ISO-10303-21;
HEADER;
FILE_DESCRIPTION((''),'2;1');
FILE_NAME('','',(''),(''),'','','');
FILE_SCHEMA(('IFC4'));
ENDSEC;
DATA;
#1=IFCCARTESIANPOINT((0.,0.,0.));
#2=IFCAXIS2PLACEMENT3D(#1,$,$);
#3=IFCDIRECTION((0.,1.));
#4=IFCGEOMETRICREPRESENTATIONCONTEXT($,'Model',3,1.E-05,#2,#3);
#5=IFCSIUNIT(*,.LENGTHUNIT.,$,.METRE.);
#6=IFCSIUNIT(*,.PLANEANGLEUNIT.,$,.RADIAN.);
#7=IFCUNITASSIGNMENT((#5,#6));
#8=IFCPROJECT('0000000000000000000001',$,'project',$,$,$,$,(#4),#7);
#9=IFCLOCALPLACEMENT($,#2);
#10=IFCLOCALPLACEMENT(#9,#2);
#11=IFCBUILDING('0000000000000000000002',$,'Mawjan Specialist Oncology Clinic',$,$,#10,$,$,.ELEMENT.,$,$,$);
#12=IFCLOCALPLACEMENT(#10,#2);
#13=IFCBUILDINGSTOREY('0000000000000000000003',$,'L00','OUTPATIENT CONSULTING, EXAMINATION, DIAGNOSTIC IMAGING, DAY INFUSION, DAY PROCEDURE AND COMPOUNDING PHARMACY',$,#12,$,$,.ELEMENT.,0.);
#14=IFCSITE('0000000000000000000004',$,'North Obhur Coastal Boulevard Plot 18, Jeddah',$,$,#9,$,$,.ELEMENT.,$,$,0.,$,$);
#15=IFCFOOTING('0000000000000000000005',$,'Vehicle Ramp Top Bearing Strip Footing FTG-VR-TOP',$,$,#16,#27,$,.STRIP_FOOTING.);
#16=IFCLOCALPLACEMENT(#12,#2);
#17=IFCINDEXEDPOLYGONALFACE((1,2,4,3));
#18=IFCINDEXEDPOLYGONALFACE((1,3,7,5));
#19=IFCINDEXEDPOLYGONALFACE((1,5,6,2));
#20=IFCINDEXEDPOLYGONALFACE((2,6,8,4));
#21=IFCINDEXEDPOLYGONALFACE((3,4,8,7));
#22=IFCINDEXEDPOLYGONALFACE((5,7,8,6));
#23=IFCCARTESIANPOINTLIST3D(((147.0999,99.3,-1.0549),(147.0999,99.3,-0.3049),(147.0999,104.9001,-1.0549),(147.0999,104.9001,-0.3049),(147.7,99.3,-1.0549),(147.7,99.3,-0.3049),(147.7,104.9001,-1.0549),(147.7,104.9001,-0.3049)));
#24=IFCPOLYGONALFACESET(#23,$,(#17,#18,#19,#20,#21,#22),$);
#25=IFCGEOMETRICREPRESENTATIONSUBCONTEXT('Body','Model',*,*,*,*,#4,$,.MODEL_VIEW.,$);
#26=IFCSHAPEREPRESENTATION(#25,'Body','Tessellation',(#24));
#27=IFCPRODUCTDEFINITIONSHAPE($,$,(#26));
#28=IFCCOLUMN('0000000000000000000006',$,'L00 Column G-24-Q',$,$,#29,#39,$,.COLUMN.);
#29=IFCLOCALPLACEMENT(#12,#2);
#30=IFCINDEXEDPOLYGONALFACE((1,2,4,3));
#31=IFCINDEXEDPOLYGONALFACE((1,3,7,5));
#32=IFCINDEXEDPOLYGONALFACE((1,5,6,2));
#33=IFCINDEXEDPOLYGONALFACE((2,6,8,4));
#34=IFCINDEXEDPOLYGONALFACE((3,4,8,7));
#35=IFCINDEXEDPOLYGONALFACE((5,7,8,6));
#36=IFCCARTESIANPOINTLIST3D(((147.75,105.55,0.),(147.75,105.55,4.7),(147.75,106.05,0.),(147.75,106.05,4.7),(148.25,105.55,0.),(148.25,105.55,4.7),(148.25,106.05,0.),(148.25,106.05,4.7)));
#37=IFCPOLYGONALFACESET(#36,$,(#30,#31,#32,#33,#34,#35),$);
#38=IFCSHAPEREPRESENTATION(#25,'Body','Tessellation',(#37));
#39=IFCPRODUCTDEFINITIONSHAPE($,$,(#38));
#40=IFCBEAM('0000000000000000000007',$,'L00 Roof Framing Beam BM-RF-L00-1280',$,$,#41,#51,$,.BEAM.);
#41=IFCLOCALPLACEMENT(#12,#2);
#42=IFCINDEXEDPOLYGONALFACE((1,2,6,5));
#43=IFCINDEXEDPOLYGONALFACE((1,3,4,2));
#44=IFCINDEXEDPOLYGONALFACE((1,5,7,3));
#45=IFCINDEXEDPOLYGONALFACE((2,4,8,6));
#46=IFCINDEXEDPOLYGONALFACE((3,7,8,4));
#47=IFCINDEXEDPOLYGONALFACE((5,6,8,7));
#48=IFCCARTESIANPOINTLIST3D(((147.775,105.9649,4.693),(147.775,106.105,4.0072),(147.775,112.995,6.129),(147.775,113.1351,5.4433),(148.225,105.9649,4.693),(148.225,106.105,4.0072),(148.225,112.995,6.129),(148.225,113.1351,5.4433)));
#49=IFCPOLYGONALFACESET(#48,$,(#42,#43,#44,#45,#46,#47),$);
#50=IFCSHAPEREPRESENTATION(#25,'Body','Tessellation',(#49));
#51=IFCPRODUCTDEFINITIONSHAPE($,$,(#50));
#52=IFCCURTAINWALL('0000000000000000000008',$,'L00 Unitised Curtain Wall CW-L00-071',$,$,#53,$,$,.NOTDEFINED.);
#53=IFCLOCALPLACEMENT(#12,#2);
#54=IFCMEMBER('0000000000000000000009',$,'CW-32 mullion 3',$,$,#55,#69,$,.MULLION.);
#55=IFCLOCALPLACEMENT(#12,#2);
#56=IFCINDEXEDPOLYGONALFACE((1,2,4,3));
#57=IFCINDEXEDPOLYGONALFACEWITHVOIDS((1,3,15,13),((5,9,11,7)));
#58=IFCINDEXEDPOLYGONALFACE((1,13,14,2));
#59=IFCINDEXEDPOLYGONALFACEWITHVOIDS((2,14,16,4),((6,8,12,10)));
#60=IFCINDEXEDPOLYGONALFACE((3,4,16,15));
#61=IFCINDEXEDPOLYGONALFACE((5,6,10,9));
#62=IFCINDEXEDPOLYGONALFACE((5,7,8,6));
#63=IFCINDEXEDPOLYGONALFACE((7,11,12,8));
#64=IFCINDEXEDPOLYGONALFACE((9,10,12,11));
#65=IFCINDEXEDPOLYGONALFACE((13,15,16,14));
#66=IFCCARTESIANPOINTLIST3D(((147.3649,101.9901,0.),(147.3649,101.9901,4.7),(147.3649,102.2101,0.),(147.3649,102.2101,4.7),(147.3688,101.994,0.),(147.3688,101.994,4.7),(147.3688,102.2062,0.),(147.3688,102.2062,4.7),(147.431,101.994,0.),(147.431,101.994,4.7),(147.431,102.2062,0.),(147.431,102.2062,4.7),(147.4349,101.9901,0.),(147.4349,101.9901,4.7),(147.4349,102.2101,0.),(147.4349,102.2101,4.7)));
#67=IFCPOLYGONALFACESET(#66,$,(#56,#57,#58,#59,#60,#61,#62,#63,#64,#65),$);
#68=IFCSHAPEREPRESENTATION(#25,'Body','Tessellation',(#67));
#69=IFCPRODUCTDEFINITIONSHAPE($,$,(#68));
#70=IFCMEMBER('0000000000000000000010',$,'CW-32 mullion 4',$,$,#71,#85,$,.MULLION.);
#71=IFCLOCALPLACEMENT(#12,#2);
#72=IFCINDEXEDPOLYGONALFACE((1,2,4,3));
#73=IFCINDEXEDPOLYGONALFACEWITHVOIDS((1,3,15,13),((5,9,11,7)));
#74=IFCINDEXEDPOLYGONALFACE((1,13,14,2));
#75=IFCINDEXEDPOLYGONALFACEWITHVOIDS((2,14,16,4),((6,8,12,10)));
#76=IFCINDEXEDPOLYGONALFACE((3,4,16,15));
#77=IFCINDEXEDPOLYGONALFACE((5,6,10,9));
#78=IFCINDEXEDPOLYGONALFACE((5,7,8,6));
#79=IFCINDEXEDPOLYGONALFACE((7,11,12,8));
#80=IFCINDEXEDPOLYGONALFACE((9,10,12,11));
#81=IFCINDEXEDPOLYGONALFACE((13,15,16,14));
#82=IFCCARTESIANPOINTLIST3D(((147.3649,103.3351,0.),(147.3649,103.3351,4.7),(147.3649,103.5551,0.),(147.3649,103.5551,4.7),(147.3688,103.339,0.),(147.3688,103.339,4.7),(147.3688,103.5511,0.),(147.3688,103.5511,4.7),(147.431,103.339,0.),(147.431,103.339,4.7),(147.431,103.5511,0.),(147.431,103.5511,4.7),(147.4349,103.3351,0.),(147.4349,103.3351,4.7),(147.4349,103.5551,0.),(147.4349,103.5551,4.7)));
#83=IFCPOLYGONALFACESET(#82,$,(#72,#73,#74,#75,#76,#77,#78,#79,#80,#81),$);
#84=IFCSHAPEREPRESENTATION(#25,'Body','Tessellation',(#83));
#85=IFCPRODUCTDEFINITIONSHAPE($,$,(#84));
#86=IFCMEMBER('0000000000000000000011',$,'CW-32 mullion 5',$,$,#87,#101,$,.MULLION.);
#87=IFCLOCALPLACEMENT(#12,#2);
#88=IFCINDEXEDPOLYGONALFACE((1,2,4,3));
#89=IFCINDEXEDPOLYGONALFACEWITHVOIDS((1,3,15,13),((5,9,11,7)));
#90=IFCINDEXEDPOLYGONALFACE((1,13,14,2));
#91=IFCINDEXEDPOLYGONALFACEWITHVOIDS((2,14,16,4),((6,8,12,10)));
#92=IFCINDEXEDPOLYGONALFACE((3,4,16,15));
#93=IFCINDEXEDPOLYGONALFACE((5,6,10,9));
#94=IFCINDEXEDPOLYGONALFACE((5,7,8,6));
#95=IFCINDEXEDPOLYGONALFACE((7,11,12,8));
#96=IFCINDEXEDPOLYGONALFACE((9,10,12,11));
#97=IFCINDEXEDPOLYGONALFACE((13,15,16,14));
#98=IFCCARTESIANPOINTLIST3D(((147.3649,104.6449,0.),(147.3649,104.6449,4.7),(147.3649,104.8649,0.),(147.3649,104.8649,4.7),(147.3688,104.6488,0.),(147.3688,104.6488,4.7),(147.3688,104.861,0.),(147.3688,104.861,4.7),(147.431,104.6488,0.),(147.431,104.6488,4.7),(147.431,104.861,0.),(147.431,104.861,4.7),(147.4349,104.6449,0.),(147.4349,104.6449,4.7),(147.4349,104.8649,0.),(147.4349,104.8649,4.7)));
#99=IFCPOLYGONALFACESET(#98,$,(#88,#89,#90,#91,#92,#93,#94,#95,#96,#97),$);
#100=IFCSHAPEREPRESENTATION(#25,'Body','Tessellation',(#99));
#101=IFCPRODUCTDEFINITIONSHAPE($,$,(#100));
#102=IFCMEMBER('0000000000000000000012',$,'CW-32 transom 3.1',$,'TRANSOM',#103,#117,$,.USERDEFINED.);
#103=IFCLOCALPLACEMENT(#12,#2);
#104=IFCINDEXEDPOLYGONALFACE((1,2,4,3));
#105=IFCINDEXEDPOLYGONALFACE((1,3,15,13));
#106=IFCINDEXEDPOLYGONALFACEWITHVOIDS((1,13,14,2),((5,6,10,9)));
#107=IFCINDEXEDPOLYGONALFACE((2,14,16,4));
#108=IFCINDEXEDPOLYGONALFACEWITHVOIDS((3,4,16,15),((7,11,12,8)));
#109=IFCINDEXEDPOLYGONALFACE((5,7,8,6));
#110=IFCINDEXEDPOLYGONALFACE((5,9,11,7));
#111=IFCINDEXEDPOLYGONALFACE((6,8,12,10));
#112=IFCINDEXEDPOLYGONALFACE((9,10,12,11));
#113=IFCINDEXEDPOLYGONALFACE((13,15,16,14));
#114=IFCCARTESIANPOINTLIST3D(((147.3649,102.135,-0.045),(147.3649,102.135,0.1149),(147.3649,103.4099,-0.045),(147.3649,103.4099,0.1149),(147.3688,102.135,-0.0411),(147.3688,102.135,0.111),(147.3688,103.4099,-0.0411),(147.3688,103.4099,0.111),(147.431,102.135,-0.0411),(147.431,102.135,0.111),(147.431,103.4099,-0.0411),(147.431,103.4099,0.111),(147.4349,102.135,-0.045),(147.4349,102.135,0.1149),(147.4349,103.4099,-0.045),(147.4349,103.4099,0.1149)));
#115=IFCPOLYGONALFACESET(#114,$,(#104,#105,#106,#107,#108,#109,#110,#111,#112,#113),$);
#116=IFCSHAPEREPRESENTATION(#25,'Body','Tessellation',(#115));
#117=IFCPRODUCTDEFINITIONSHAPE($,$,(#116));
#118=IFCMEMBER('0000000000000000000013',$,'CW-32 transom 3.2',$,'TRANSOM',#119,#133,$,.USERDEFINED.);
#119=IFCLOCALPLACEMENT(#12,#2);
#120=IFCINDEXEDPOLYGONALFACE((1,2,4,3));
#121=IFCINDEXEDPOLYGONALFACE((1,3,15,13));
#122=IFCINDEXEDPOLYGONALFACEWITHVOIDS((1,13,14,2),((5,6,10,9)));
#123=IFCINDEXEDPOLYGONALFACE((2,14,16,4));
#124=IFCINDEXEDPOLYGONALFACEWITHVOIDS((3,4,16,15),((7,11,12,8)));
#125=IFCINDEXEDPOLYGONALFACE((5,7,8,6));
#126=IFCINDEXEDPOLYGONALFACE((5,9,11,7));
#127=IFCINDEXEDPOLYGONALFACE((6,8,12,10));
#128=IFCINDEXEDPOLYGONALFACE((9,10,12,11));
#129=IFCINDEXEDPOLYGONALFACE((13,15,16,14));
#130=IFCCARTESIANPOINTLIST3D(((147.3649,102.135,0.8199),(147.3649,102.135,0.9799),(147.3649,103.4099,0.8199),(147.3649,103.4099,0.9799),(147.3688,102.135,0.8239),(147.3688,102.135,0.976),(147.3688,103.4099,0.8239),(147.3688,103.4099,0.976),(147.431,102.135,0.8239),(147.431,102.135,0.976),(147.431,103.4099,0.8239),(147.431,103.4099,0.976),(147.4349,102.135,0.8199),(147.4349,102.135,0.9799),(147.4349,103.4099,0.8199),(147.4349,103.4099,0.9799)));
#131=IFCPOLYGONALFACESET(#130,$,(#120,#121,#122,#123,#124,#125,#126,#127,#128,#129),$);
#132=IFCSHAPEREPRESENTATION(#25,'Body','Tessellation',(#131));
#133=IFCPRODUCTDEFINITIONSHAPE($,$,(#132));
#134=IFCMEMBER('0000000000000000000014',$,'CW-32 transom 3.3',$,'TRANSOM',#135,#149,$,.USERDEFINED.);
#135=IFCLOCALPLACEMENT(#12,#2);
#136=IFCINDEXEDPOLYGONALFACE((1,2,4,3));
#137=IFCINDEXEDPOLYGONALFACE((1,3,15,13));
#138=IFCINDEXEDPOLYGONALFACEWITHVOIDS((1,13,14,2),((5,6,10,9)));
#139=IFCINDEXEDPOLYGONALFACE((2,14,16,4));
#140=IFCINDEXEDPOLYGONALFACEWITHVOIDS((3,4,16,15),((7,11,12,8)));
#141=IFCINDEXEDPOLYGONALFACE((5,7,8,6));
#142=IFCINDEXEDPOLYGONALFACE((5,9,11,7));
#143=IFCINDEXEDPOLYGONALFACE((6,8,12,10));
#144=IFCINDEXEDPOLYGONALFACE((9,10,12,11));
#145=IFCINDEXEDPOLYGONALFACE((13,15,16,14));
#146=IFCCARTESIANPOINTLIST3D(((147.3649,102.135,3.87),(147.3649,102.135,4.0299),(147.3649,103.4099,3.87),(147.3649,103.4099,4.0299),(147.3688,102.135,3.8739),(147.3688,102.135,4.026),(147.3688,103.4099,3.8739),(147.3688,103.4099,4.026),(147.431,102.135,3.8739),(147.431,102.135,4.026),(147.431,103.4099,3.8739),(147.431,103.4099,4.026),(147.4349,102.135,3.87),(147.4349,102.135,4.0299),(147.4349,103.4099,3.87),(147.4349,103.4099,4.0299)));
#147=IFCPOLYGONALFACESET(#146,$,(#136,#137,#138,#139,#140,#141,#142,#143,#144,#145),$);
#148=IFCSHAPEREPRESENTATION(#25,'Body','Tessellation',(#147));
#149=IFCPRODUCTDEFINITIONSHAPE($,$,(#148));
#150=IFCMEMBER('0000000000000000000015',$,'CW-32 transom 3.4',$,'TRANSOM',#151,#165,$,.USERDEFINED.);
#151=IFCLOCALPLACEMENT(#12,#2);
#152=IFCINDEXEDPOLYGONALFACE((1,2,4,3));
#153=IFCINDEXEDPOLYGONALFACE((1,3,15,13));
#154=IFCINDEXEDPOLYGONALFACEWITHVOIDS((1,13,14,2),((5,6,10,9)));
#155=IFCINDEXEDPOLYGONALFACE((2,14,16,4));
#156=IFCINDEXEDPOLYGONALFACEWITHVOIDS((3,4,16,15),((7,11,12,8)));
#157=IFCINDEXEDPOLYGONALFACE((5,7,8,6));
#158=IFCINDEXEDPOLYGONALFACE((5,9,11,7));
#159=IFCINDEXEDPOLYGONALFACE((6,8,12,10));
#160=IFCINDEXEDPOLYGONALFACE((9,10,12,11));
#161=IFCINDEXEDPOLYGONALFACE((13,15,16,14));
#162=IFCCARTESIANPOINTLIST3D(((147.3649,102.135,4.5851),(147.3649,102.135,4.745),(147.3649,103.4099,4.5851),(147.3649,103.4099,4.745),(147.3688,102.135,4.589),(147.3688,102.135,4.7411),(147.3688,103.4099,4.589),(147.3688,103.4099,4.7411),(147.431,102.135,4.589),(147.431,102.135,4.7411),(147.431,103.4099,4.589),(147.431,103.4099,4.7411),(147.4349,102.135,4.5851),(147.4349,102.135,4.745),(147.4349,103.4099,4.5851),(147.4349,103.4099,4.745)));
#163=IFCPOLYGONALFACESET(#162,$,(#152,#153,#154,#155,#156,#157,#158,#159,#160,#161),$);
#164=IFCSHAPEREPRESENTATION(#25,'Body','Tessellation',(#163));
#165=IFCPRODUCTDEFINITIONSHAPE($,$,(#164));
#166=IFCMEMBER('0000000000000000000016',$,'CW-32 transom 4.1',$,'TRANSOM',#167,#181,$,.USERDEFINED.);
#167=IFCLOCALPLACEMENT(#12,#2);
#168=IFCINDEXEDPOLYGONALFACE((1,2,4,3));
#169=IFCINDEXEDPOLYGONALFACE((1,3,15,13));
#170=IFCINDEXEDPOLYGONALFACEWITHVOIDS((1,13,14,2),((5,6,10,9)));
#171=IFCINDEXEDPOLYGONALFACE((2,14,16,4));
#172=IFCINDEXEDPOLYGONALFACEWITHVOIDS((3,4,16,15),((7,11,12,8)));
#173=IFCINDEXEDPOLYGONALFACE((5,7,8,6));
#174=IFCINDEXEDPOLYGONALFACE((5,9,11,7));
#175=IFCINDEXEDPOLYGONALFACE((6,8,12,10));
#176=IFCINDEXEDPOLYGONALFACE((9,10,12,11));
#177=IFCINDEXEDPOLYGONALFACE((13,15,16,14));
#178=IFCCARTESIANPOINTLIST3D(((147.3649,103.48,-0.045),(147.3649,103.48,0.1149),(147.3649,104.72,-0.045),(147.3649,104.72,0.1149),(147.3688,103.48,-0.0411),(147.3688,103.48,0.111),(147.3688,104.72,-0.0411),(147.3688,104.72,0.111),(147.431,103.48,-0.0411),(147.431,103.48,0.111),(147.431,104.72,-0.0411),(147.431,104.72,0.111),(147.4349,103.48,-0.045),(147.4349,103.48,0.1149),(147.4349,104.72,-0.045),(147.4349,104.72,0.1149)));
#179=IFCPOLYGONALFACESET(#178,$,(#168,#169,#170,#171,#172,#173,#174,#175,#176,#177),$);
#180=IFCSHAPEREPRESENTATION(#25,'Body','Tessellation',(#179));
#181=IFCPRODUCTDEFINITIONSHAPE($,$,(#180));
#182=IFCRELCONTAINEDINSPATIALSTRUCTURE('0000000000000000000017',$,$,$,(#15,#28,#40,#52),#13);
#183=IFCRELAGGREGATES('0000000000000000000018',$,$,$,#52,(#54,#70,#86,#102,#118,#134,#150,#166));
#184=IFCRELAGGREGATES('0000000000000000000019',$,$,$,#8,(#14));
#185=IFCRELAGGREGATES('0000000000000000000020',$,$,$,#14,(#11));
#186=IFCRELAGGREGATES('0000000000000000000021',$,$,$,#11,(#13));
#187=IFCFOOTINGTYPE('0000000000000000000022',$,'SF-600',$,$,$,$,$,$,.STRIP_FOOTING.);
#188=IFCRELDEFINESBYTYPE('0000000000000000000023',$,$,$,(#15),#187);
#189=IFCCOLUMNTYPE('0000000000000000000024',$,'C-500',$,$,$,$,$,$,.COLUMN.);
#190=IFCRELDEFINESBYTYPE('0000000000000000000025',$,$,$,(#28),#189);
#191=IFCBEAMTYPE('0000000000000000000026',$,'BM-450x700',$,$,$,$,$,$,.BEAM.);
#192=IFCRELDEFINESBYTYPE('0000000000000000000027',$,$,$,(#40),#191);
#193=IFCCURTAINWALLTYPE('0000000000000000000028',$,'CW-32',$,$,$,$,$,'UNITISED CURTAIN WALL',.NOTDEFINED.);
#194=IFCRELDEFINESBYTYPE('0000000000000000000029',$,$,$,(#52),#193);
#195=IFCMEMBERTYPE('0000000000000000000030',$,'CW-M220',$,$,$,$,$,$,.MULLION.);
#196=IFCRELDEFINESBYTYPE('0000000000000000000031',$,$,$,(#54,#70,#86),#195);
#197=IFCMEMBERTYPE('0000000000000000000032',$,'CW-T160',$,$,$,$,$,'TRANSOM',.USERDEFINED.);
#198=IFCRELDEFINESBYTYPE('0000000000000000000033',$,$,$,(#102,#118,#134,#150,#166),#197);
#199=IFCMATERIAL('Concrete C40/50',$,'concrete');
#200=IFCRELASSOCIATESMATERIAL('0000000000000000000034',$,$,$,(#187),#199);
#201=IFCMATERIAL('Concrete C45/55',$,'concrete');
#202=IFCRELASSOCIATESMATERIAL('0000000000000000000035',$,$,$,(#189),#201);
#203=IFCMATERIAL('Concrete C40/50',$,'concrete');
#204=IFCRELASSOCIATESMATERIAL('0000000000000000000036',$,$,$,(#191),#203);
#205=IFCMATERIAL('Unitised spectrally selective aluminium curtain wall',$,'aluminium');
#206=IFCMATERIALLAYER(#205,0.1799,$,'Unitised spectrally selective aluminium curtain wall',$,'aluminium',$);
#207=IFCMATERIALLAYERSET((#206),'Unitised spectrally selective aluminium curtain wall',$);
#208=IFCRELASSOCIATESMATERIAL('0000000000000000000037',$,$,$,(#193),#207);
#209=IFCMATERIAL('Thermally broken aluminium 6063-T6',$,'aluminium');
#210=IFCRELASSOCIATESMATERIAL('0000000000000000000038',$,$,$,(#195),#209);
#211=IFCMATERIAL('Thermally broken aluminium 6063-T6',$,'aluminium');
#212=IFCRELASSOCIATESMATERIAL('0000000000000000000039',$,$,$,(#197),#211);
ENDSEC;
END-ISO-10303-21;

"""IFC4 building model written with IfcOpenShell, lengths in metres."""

from ifc_helpers import new_model, si_unit, direction, frame, origin, origin_2d, place, context, subcontext, project, spatial, rectangle, hollow_rectangle, extrude, material, layer, layer_set, material_profile, profile_set, type_object, element, aggregate, save


model = new_model("IFC4")

# Units and contexts
model_context = context("Model", 3, precision=1e-05, world=origin(), true_north=direction((0.0, 1.0)))
body_context = subcontext(model_context, "Body", "Model", "MODEL_VIEW")
ifc_project = project(units=[si_unit("LENGTHUNIT", "METRE"), si_unit("PLANEANGLEUNIT", "RADIAN")], contexts=[model_context])

# Site, building, storey
site_placement = place(None, origin())
site = spatial("IfcSite", under=ifc_project, at=site_placement, Name="North Obhur Coastal Boulevard Plot 18, Jeddah", CompositionType="ELEMENT", RefElevation=0.0)
building_placement = place(site_placement, origin())
building = spatial("IfcBuilding", under=site, at=building_placement, Name="Mawjan Specialist Oncology Clinic", CompositionType="ELEMENT")
storey_placement = place(building_placement, origin())
storey = spatial("IfcBuildingStorey", under=building, at=storey_placement, Name="L00", Description="OUTPATIENT CONSULTING, EXAMINATION, DIAGNOSTIC IMAGING, DAY INFUSION, DAY PROCEDURE AND COMPOUNDING PHARMACY", CompositionType="ELEMENT", Elevation=0.0)

# Footing
ifc_material_1 = material(Name="Concrete C40/50", Category="concrete")
footing_type = type_object("IfcFootingType", Name="SF-600", PredefinedType="STRIP_FOOTING", material=ifc_material_1)
footing_placement = place(storey_placement, frame((147.3999, 102.1001, -1.0549), z_axis=(0.0, 0.0, 1.0), x_axis=(1.0, 0.0, 0.0)))
element("IfcFooting", 1, at=footing_placement, inside=storey, type_object=footing_type, Name="Vehicle Ramp Top Bearing Strip Footing FTG-VR-TOP", PredefinedType="STRIP_FOOTING", context=body_context, shape_type="SweptSolid", body=[
    extrude(rectangle(XDim=0.6001, YDim=5.6001, at=origin_2d()), origin(), (0.0, 0.0, 1.0), 0.75),
])

# Column
ifc_material_2 = material(Name="Concrete C45/55", Category="concrete")
ifc_material_profile_1 = material_profile(ifc_material_2, rectangle(XDim=0.5, YDim=0.5, at=origin_2d()), Name="RC COL 500x500", Category="concrete")
ifc_profile_set_1 = profile_set([ifc_material_profile_1], Name="Concrete C45/55")
column_type = type_object("IfcColumnType", Name="C-500", PredefinedType="COLUMN", material=ifc_profile_set_1)
column_placement = place(storey_placement, frame((148.0, 105.8, 0.0), z_axis=(0.0, 0.0, 1.0), x_axis=(1.0, 0.0, 0.0)))
element("IfcColumn", 2, at=column_placement, inside=storey, type_object=column_type, Name="L00 Column G-24-Q", PredefinedType="COLUMN", context=body_context, shape_type="SweptSolid", body=[
    extrude(rectangle(XDim=0.5, YDim=0.5, at=origin_2d()), origin(), (0.0, 0.0, 1.0), 4.7),
])

# Beam
ifc_material_3 = material(Name="Concrete C40/50", Category="concrete")
ifc_material_profile_2 = material_profile(ifc_material_3, rectangle(XDim=0.45, YDim=0.7, at=origin_2d()), Name="RC BM 450x700", Category="concrete")
ifc_profile_set_2 = profile_set([ifc_material_profile_2], Name="Concrete C40/50")
beam_type = type_object("IfcBeamType", Name="BM-450x700", PredefinedType="BEAM", material=ifc_profile_set_2)
beam_placement = place(storey_placement, frame((148.0, 106.0349, 4.3501), z_axis=(0.0, 0.979768, 0.200139), x_axis=(-1.0, 0.0, 0.0)))
element("IfcBeam", 3, at=beam_placement, inside=storey, type_object=beam_type, Name="L00 Roof Framing Beam BM-RF-L00-1280", PredefinedType="BEAM", context=body_context, shape_type="SweptSolid", body=[
    extrude(rectangle(XDim=0.45, YDim=0.7, at=origin_2d()), origin(), (0.0, 0.0, 1.0), 7.1753),
])

# Curtain wall, members
ifc_material_4 = material(Name="Unitised spectrally selective aluminium curtain wall", Category="aluminium")
ifc_layer_1 = layer(ifc_material_4, 0.1799, Name="Unitised spectrally selective aluminium curtain wall", Category="aluminium")
ifc_layer_set_1 = layer_set([ifc_layer_1], Name="Unitised spectrally selective aluminium curtain wall")
curtain_wall_type = type_object("IfcCurtainWallType", Name="CW-32", ElementType="UNITISED CURTAIN WALL", PredefinedType="NOTDEFINED", material=ifc_layer_set_1)
curtain_wall_placement = place(storey_placement, origin())
curtain_wall = element("IfcCurtainWall", 4, at=curtain_wall_placement, inside=storey, type_object=curtain_wall_type, Name="L00 Unitised Curtain Wall CW-L00-071", PredefinedType="NOTDEFINED")
ifc_material_5 = material(Name="Thermally broken aluminium 6063-T6", Category="aluminium")
ifc_material_profile_3 = material_profile(ifc_material_5, hollow_rectangle(XDim=0.0701, YDim=0.22, WallThickness=0.0039, at=origin_2d()), Name="ALU MULLION 220x70x4", Category="aluminium")
ifc_profile_set_3 = profile_set([ifc_material_profile_3], Name="Thermally broken aluminium 6063-T6")
member_type_1 = type_object("IfcMemberType", Name="CW-M220", PredefinedType="MULLION", material=ifc_profile_set_3)
member_1_placement = place(storey_placement, frame((147.3999, 102.1001, 0.0), z_axis=(0.0, 0.0, 1.0), x_axis=(-1.0, 0.0, 0.0)))
member_1 = element("IfcMember", 5, at=member_1_placement, type_object=member_type_1, Name="CW-32 mullion 3", PredefinedType="MULLION", context=body_context, shape_type="SweptSolid", body=[
    extrude(hollow_rectangle(XDim=0.0701, YDim=0.22, WallThickness=0.0039, at=origin_2d()), origin(), (0.0, 0.0, 1.0), 4.7),
])
member_2_placement = place(storey_placement, frame((147.3999, 103.4451, 0.0), z_axis=(0.0, 0.0, 1.0), x_axis=(-1.0, 0.0, 0.0)))
member_2 = element("IfcMember", 6, at=member_2_placement, type_object=member_type_1, Name="CW-32 mullion 4", PredefinedType="MULLION", context=body_context, shape_type="SweptSolid", body=[
    extrude(hollow_rectangle(XDim=0.0701, YDim=0.22, WallThickness=0.0039, at=origin_2d()), origin(), (0.0, 0.0, 1.0), 4.7),
])
member_3_placement = place(storey_placement, frame((147.3999, 104.7549, 0.0), z_axis=(0.0, 0.0, 1.0), x_axis=(-1.0, 0.0, 0.0)))
member_3 = element("IfcMember", 7, at=member_3_placement, type_object=member_type_1, Name="CW-32 mullion 5", PredefinedType="MULLION", context=body_context, shape_type="SweptSolid", body=[
    extrude(hollow_rectangle(XDim=0.0701, YDim=0.22, WallThickness=0.0039, at=origin_2d()), origin(), (0.0, 0.0, 1.0), 4.7),
])
ifc_material_6 = material(Name="Thermally broken aluminium 6063-T6", Category="aluminium")
ifc_material_profile_4 = material_profile(ifc_material_6, hollow_rectangle(XDim=0.0701, YDim=0.1599, WallThickness=0.0039, at=origin_2d()), Name="ALU TRANSOM 160x70x4", Category="aluminium")
ifc_profile_set_4 = profile_set([ifc_material_profile_4], Name="Thermally broken aluminium 6063-T6")
member_type_2 = type_object("IfcMemberType", Name="CW-T160", ElementType="TRANSOM", PredefinedType="USERDEFINED", material=ifc_profile_set_4)
member_4_placement = place(storey_placement, frame((147.3999, 102.135, 0.0349), z_axis=(0.0, 1.0, 0.0), x_axis=(-1.0, 0.0, 0.0)))
member_4 = element("IfcMember", 8, at=member_4_placement, type_object=member_type_2, Name="CW-32 transom 3.1", ObjectType="TRANSOM", PredefinedType="USERDEFINED", context=body_context, shape_type="SweptSolid", body=[
    extrude(hollow_rectangle(XDim=0.0701, YDim=0.1599, WallThickness=0.0039, at=origin_2d()), origin(), (0.0, 0.0, 1.0), 1.2749),
])
member_5_placement = place(storey_placement, frame((147.3999, 102.135, 0.8999), z_axis=(0.0, 1.0, 0.0), x_axis=(-1.0, 0.0, 0.0)))
member_5 = element("IfcMember", 9, at=member_5_placement, type_object=member_type_2, Name="CW-32 transom 3.2", ObjectType="TRANSOM", PredefinedType="USERDEFINED", context=body_context, shape_type="SweptSolid", body=[
    extrude(hollow_rectangle(XDim=0.0701, YDim=0.1599, WallThickness=0.0039, at=origin_2d()), origin(), (0.0, 0.0, 1.0), 1.2749),
])
member_6_placement = place(storey_placement, frame((147.3999, 102.135, 3.95), z_axis=(0.0, 1.0, 0.0), x_axis=(-1.0, 0.0, 0.0)))
member_6 = element("IfcMember", 10, at=member_6_placement, type_object=member_type_2, Name="CW-32 transom 3.3", ObjectType="TRANSOM", PredefinedType="USERDEFINED", context=body_context, shape_type="SweptSolid", body=[
    extrude(hollow_rectangle(XDim=0.0701, YDim=0.1599, WallThickness=0.0039, at=origin_2d()), origin(), (0.0, 0.0, 1.0), 1.2749),
])
member_7_placement = place(storey_placement, frame((147.3999, 102.135, 4.665), z_axis=(0.0, 1.0, 0.0), x_axis=(-1.0, 0.0, 0.0)))
member_7 = element("IfcMember", 11, at=member_7_placement, type_object=member_type_2, Name="CW-32 transom 3.4", ObjectType="TRANSOM", PredefinedType="USERDEFINED", context=body_context, shape_type="SweptSolid", body=[
    extrude(hollow_rectangle(XDim=0.0701, YDim=0.1599, WallThickness=0.0039, at=origin_2d()), origin(), (0.0, 0.0, 1.0), 1.2749),
])
member_8_placement = place(storey_placement, frame((147.3999, 103.48, 0.0349), z_axis=(0.0, 1.0, 0.0), x_axis=(-1.0, 0.0, 0.0)))
member_8 = element("IfcMember", 12, at=member_8_placement, type_object=member_type_2, Name="CW-32 transom 4.1", ObjectType="TRANSOM", PredefinedType="USERDEFINED", context=body_context, shape_type="SweptSolid", body=[
    extrude(hollow_rectangle(XDim=0.0701, YDim=0.1599, WallThickness=0.0039, at=origin_2d()), origin(), (0.0, 0.0, 1.0), 1.24),
])
aggregate(curtain_wall, [member_1, member_2, member_3, member_4, member_5, member_6, member_7, member_8])

save(model, "model.ifc")
